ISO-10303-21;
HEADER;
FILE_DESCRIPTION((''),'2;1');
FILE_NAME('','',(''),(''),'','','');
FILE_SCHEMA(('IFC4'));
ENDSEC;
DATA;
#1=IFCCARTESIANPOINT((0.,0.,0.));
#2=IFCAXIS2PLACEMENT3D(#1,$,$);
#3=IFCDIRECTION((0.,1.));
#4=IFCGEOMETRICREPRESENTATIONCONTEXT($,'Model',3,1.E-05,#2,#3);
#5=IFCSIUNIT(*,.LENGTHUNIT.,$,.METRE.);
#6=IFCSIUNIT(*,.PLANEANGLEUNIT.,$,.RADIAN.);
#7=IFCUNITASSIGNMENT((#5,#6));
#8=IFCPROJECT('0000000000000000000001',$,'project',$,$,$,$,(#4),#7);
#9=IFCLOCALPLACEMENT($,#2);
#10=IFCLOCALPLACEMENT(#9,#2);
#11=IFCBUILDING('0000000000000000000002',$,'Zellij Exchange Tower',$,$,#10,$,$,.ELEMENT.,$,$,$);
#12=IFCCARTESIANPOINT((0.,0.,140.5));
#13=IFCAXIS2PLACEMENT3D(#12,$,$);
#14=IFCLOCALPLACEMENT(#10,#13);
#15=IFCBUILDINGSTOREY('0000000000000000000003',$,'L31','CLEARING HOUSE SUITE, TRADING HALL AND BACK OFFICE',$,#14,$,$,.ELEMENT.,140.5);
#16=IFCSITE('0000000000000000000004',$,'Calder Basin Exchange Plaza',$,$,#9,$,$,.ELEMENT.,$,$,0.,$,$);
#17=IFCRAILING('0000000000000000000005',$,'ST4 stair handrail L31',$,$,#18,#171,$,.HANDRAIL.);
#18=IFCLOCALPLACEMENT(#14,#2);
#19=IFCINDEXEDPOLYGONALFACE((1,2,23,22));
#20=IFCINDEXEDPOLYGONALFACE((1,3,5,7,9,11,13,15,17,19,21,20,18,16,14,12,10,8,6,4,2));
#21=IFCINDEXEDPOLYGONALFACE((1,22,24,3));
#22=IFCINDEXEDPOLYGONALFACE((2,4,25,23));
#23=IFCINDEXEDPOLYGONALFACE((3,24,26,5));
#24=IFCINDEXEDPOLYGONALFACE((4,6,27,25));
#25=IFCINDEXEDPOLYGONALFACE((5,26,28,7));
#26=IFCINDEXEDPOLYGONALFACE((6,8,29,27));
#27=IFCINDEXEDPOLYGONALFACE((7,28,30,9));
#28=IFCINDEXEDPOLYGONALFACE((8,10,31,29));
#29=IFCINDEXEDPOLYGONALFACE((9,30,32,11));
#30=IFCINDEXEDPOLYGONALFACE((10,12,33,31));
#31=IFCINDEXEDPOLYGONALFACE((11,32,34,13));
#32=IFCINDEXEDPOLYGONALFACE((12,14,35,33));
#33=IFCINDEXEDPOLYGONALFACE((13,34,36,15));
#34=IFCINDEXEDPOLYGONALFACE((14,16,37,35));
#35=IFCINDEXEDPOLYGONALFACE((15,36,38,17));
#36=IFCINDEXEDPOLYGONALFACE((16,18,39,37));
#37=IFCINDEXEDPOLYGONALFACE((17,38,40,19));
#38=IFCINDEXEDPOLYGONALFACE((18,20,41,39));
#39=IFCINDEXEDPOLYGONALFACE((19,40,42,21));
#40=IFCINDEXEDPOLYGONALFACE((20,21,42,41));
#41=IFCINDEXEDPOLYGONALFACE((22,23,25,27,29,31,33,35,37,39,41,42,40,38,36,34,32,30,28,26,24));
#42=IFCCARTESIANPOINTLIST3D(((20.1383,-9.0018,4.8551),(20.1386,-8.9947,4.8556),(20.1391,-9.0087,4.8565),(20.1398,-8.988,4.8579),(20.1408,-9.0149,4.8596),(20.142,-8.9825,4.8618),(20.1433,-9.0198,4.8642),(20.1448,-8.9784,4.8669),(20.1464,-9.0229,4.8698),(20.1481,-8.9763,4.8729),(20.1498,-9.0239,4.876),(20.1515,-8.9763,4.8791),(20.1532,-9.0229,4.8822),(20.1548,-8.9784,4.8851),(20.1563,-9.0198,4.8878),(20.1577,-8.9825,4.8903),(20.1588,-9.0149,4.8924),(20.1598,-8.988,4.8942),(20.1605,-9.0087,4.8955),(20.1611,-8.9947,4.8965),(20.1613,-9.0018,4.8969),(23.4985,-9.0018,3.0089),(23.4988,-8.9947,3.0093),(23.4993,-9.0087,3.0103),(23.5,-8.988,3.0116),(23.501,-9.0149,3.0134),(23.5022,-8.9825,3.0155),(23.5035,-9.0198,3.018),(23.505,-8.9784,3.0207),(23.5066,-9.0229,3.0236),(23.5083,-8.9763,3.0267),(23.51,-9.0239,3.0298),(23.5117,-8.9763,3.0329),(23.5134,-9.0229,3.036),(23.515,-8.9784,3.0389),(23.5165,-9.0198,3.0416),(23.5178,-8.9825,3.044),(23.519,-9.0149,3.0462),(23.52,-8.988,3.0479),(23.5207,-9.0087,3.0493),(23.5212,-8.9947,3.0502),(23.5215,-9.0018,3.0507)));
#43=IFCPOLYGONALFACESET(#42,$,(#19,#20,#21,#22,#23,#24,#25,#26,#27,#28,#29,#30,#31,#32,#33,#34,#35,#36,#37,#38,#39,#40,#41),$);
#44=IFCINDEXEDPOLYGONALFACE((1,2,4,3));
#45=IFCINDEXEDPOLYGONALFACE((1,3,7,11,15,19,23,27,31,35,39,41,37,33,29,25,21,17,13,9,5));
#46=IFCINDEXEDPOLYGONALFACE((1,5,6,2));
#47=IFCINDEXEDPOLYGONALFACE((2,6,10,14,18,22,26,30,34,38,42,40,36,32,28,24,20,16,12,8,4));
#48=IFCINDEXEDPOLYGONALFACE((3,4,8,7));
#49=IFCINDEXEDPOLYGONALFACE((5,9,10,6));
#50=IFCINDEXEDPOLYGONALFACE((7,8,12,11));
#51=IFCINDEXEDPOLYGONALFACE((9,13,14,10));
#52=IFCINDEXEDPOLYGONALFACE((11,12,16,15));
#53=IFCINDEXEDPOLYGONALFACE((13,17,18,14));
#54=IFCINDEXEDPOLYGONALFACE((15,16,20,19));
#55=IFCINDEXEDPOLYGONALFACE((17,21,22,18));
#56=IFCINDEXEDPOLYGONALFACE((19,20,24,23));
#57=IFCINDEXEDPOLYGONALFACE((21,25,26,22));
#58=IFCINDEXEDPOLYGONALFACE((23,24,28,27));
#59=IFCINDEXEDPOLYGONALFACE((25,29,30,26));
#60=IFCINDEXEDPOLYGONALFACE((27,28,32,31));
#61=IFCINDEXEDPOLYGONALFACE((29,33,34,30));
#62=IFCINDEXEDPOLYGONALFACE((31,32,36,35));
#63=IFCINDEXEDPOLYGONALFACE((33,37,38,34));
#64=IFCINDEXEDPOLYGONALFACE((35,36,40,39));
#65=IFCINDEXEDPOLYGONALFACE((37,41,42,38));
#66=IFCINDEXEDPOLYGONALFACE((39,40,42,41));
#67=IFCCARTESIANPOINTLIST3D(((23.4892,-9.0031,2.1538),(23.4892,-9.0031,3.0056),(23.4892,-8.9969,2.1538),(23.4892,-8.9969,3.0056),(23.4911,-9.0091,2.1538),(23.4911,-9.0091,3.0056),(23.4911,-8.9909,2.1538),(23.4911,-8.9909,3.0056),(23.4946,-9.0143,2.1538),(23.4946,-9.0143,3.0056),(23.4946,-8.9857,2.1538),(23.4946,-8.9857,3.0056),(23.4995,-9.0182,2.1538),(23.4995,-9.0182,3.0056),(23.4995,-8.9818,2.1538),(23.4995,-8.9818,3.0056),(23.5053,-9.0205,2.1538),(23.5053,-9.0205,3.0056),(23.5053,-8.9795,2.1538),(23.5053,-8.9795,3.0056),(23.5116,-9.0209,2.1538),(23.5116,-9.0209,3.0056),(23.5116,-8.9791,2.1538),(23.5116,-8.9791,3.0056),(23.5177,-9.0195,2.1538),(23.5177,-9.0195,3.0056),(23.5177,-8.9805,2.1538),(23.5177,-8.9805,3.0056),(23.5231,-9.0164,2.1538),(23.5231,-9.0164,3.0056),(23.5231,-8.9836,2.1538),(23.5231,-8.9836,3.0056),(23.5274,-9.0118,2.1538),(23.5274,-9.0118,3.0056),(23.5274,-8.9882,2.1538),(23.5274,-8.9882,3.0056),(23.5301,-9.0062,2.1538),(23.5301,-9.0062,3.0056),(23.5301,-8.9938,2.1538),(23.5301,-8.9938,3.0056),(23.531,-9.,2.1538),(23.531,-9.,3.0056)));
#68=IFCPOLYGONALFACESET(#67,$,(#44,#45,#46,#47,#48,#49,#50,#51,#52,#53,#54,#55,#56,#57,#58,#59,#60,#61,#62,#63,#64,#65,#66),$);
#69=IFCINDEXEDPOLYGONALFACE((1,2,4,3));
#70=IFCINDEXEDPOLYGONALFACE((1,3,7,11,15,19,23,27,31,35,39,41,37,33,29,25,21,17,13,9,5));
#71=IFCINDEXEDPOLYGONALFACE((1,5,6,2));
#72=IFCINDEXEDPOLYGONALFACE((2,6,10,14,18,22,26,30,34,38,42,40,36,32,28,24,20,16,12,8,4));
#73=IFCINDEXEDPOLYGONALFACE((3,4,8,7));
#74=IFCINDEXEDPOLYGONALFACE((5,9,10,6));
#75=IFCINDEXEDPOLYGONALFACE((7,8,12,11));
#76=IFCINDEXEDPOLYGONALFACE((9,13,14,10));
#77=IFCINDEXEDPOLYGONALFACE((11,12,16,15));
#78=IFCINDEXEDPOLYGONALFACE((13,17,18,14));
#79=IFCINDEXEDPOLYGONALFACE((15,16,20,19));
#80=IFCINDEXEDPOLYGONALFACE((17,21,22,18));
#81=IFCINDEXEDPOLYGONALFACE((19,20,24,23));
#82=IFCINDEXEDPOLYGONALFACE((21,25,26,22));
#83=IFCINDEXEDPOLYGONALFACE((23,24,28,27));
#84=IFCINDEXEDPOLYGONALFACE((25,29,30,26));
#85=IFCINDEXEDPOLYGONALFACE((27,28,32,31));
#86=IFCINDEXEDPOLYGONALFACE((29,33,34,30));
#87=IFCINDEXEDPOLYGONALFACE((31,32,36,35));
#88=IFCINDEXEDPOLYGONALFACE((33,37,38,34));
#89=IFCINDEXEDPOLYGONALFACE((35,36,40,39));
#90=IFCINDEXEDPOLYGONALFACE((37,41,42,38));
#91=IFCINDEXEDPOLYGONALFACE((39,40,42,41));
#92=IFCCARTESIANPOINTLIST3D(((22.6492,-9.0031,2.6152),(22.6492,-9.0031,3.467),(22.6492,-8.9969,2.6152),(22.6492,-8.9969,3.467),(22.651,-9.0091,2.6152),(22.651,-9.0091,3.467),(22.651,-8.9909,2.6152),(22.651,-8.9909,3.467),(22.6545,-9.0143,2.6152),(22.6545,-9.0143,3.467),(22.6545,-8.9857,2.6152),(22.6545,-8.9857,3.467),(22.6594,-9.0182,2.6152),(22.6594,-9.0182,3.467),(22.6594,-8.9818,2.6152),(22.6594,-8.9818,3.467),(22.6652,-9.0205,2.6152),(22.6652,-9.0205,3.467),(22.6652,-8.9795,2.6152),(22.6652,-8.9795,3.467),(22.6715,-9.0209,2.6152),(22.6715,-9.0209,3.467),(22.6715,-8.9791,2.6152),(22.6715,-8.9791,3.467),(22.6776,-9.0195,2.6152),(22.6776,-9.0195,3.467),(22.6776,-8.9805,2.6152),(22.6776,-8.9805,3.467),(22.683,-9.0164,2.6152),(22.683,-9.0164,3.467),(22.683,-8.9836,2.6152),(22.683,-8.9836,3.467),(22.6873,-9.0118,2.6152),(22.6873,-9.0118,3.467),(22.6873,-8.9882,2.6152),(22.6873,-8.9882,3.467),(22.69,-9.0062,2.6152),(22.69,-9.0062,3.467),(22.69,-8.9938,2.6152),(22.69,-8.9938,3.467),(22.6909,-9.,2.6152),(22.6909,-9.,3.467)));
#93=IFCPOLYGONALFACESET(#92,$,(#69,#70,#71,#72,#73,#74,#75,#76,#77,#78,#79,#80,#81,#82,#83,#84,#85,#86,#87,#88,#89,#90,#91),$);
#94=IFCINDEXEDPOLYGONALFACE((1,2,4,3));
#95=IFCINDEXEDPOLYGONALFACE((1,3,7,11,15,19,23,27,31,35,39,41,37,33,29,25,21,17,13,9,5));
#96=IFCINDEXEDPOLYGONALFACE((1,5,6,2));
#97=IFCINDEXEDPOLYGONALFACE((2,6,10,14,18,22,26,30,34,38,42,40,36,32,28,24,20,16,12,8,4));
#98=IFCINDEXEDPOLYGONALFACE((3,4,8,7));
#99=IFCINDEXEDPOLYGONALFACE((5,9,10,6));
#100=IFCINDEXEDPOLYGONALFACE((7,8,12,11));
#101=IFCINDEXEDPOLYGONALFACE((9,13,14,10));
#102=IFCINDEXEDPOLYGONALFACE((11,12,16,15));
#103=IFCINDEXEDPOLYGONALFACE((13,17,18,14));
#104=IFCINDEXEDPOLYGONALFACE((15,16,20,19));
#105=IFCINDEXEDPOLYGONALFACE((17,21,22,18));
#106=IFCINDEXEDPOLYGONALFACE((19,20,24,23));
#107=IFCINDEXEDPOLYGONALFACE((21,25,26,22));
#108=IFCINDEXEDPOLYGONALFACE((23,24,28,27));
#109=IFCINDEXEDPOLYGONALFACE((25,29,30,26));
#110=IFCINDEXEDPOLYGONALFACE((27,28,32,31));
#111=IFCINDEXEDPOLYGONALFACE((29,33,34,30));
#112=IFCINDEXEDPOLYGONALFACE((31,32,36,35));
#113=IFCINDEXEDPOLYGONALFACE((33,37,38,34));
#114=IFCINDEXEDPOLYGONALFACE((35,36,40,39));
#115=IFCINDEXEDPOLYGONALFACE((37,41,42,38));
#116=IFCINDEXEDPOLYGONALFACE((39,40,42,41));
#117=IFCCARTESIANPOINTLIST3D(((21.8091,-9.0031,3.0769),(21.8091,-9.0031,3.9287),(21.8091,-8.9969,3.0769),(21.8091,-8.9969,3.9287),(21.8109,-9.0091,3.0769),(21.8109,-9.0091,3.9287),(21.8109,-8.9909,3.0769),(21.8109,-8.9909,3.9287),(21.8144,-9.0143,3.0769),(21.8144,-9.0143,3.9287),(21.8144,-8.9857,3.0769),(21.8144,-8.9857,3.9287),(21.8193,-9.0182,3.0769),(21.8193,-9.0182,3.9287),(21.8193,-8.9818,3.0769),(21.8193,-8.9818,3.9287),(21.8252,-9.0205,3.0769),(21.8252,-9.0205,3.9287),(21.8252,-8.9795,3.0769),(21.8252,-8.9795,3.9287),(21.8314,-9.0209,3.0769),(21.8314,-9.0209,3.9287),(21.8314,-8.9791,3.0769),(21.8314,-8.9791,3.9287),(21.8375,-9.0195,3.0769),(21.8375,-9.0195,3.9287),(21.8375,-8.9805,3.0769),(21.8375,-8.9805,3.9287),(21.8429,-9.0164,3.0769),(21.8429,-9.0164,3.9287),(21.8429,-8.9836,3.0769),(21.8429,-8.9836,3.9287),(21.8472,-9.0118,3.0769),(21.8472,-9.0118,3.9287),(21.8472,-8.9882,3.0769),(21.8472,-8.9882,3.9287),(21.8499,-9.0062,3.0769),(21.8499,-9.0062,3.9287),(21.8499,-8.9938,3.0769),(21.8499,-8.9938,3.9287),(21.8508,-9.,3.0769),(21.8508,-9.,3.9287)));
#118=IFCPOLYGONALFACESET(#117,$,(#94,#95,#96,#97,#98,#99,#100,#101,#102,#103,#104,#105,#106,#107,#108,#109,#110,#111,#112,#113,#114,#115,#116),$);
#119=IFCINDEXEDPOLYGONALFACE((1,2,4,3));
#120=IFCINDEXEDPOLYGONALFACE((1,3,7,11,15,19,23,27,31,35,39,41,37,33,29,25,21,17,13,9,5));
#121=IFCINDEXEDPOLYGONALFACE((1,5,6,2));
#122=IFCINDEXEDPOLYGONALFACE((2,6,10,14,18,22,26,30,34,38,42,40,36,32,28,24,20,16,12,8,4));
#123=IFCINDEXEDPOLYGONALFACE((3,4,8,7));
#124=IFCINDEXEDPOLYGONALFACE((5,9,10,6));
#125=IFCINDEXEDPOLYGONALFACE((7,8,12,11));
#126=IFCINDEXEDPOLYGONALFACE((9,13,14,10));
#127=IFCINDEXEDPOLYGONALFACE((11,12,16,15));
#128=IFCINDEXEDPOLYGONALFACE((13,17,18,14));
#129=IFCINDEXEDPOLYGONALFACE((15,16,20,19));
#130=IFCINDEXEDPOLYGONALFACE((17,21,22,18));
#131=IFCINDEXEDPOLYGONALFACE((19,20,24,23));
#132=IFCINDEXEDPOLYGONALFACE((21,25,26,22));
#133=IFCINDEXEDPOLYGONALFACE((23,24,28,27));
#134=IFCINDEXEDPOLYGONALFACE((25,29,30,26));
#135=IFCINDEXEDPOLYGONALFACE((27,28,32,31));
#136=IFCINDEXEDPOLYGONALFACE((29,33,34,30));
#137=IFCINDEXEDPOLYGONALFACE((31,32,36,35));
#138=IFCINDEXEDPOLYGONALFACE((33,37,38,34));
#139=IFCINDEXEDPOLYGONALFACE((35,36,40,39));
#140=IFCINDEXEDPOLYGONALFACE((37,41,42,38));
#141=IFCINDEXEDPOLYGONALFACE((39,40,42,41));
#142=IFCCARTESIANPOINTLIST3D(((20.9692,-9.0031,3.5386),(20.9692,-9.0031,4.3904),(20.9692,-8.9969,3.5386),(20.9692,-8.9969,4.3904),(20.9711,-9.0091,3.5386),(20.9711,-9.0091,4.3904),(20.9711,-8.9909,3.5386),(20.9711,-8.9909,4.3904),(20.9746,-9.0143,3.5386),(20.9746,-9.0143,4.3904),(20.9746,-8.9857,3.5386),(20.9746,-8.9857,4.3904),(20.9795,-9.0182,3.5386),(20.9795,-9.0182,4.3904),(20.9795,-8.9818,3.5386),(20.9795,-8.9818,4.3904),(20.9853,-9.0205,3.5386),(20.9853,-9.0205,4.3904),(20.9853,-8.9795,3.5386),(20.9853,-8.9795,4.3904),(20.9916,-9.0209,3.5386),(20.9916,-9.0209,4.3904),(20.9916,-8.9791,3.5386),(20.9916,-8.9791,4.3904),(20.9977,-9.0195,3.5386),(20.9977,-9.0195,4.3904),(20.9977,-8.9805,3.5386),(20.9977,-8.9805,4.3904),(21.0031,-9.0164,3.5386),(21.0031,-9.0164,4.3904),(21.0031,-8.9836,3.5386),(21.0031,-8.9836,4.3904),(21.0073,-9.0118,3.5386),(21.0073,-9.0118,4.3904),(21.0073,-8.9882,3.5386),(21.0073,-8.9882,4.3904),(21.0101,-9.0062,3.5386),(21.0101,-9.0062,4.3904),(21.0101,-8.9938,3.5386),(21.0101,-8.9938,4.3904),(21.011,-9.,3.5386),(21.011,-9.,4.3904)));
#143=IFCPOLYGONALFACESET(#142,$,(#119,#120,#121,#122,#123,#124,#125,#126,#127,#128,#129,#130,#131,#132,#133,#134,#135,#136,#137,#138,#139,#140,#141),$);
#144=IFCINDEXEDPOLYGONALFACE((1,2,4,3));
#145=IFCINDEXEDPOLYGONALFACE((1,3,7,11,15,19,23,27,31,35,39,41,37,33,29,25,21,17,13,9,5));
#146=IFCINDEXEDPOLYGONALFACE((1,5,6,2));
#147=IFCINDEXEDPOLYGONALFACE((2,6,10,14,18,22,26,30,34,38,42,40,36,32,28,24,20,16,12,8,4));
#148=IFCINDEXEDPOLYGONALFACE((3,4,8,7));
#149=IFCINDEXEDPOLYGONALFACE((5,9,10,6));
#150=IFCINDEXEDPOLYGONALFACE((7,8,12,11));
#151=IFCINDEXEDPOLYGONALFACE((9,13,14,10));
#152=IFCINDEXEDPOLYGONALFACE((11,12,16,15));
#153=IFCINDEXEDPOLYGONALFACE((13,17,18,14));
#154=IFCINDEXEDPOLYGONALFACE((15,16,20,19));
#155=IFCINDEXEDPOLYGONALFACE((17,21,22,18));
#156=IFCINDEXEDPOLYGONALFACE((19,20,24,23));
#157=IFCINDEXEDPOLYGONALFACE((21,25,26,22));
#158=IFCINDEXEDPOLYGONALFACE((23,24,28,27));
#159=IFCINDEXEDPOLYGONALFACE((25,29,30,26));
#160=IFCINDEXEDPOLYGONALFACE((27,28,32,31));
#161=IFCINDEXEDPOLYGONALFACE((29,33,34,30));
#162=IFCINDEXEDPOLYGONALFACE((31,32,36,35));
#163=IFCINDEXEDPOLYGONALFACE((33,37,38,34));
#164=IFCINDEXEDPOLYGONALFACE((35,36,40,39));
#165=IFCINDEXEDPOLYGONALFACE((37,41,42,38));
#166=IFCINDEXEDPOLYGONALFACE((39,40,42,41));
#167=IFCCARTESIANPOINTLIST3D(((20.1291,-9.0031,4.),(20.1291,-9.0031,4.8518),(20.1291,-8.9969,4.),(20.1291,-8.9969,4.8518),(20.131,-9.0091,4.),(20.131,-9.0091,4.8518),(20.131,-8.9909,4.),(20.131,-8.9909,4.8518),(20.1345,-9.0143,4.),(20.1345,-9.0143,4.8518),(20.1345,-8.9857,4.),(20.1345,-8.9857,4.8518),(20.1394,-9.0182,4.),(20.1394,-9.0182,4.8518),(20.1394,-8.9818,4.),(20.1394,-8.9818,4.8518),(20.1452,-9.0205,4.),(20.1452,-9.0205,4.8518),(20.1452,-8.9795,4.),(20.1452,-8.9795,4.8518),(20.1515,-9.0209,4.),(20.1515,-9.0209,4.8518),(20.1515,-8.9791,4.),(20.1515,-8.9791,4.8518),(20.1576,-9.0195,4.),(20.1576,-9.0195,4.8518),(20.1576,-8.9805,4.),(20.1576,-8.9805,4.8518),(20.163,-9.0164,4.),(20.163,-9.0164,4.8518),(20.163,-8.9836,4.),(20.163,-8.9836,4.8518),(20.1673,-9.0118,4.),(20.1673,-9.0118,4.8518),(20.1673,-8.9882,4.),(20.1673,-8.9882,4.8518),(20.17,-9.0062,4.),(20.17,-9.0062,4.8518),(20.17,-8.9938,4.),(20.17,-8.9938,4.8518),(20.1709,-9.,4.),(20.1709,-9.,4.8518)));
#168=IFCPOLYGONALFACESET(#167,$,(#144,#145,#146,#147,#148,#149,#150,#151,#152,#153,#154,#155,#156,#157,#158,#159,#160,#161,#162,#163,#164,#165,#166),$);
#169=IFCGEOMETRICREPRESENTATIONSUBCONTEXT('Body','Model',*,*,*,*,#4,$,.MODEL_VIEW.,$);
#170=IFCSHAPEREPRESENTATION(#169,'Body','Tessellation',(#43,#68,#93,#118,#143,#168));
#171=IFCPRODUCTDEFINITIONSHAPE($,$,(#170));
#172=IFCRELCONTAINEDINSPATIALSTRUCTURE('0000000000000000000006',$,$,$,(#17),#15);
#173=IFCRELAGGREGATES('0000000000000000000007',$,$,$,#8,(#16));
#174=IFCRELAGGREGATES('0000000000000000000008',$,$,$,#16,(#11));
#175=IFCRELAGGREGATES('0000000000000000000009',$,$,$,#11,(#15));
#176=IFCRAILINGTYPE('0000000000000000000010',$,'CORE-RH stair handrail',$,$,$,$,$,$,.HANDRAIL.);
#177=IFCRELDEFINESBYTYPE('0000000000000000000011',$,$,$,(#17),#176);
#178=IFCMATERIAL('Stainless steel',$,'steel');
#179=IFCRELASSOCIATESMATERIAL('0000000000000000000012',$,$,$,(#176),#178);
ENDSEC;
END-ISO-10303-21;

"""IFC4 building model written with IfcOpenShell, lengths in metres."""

from ifc_helpers import new_model, si_unit, direction, frame, origin, origin_2d, place, context, subcontext, project, spatial, circle, extrude, material, type_object, element, save


model = new_model("IFC4")

# Units and contexts
model_context = context("Model", 3, precision=1e-05, world=origin(), true_north=direction((0.0, 1.0)))
body_context = subcontext(model_context, "Body", "Model", "MODEL_VIEW")
ifc_project = project(units=[si_unit("LENGTHUNIT", "METRE"), si_unit("PLANEANGLEUNIT", "RADIAN")], contexts=[model_context])

# Site, building, storey
site_placement = place(None, origin())
site = spatial("IfcSite", under=ifc_project, at=site_placement, Name="Calder Basin Exchange Plaza", CompositionType="ELEMENT", RefElevation=0.0)
building_placement = place(site_placement, origin())
building = spatial("IfcBuilding", under=site, at=building_placement, Name="Zellij Exchange Tower", CompositionType="ELEMENT")
storey_placement = place(building_placement, frame((0.0, 0.0, 140.5)))
storey = spatial("IfcBuildingStorey", under=building, at=storey_placement, Name="L31", Description="CLEARING HOUSE SUITE, TRADING HALL AND BACK OFFICE", CompositionType="ELEMENT", Elevation=140.5)

# Railing
ifc_material_1 = material(Name="Stainless steel", Category="steel")
railing_type = type_object("IfcRailingType", Name="CORE-RH stair handrail", PredefinedType="HANDRAIL", material=ifc_material_1)
railing_1_placement = place(storey_placement, frame((23.51, -9.0, 2.1538)))
element("IfcRailing", 1, at=railing_1_placement, inside=storey, type_object=railing_type, Name="ST4 stair handrail L31", PredefinedType="HANDRAIL", context=body_context, shape_type="SweptSolid", body=[
    extrude(circle(Radius=0.0239, at=origin_2d()), frame((0.0, 0.0, 0.876), z_axis=(-0.876422, 0.0, 0.481545), x_axis=(0.0, -1.0, 0.0)), (0.0, 0.0, 1.0), 3.834),
    extrude(circle(Radius=0.021, at=origin_2d()), origin(), (0.0, 0.0, 1.0), 0.8518),
    extrude(circle(Radius=0.021, at=origin_2d()), frame((-0.8401, 0.0, 0.4614)), (0.0, 0.0, 1.0), 0.8518),
    extrude(circle(Radius=0.021, at=origin_2d()), frame((-1.6802, 0.0, 0.9231)), (0.0, 0.0, 1.0), 0.8518),
    extrude(circle(Radius=0.021, at=origin_2d()), frame((-2.52, 0.0, 1.3848)), (0.0, 0.0, 1.0), 0.8518),
    extrude(circle(Radius=0.021, at=origin_2d()), frame((-3.3601, 0.0, 1.8462)), (0.0, 0.0, 1.0), 0.8518),
])

save(model, "model.ifc")
